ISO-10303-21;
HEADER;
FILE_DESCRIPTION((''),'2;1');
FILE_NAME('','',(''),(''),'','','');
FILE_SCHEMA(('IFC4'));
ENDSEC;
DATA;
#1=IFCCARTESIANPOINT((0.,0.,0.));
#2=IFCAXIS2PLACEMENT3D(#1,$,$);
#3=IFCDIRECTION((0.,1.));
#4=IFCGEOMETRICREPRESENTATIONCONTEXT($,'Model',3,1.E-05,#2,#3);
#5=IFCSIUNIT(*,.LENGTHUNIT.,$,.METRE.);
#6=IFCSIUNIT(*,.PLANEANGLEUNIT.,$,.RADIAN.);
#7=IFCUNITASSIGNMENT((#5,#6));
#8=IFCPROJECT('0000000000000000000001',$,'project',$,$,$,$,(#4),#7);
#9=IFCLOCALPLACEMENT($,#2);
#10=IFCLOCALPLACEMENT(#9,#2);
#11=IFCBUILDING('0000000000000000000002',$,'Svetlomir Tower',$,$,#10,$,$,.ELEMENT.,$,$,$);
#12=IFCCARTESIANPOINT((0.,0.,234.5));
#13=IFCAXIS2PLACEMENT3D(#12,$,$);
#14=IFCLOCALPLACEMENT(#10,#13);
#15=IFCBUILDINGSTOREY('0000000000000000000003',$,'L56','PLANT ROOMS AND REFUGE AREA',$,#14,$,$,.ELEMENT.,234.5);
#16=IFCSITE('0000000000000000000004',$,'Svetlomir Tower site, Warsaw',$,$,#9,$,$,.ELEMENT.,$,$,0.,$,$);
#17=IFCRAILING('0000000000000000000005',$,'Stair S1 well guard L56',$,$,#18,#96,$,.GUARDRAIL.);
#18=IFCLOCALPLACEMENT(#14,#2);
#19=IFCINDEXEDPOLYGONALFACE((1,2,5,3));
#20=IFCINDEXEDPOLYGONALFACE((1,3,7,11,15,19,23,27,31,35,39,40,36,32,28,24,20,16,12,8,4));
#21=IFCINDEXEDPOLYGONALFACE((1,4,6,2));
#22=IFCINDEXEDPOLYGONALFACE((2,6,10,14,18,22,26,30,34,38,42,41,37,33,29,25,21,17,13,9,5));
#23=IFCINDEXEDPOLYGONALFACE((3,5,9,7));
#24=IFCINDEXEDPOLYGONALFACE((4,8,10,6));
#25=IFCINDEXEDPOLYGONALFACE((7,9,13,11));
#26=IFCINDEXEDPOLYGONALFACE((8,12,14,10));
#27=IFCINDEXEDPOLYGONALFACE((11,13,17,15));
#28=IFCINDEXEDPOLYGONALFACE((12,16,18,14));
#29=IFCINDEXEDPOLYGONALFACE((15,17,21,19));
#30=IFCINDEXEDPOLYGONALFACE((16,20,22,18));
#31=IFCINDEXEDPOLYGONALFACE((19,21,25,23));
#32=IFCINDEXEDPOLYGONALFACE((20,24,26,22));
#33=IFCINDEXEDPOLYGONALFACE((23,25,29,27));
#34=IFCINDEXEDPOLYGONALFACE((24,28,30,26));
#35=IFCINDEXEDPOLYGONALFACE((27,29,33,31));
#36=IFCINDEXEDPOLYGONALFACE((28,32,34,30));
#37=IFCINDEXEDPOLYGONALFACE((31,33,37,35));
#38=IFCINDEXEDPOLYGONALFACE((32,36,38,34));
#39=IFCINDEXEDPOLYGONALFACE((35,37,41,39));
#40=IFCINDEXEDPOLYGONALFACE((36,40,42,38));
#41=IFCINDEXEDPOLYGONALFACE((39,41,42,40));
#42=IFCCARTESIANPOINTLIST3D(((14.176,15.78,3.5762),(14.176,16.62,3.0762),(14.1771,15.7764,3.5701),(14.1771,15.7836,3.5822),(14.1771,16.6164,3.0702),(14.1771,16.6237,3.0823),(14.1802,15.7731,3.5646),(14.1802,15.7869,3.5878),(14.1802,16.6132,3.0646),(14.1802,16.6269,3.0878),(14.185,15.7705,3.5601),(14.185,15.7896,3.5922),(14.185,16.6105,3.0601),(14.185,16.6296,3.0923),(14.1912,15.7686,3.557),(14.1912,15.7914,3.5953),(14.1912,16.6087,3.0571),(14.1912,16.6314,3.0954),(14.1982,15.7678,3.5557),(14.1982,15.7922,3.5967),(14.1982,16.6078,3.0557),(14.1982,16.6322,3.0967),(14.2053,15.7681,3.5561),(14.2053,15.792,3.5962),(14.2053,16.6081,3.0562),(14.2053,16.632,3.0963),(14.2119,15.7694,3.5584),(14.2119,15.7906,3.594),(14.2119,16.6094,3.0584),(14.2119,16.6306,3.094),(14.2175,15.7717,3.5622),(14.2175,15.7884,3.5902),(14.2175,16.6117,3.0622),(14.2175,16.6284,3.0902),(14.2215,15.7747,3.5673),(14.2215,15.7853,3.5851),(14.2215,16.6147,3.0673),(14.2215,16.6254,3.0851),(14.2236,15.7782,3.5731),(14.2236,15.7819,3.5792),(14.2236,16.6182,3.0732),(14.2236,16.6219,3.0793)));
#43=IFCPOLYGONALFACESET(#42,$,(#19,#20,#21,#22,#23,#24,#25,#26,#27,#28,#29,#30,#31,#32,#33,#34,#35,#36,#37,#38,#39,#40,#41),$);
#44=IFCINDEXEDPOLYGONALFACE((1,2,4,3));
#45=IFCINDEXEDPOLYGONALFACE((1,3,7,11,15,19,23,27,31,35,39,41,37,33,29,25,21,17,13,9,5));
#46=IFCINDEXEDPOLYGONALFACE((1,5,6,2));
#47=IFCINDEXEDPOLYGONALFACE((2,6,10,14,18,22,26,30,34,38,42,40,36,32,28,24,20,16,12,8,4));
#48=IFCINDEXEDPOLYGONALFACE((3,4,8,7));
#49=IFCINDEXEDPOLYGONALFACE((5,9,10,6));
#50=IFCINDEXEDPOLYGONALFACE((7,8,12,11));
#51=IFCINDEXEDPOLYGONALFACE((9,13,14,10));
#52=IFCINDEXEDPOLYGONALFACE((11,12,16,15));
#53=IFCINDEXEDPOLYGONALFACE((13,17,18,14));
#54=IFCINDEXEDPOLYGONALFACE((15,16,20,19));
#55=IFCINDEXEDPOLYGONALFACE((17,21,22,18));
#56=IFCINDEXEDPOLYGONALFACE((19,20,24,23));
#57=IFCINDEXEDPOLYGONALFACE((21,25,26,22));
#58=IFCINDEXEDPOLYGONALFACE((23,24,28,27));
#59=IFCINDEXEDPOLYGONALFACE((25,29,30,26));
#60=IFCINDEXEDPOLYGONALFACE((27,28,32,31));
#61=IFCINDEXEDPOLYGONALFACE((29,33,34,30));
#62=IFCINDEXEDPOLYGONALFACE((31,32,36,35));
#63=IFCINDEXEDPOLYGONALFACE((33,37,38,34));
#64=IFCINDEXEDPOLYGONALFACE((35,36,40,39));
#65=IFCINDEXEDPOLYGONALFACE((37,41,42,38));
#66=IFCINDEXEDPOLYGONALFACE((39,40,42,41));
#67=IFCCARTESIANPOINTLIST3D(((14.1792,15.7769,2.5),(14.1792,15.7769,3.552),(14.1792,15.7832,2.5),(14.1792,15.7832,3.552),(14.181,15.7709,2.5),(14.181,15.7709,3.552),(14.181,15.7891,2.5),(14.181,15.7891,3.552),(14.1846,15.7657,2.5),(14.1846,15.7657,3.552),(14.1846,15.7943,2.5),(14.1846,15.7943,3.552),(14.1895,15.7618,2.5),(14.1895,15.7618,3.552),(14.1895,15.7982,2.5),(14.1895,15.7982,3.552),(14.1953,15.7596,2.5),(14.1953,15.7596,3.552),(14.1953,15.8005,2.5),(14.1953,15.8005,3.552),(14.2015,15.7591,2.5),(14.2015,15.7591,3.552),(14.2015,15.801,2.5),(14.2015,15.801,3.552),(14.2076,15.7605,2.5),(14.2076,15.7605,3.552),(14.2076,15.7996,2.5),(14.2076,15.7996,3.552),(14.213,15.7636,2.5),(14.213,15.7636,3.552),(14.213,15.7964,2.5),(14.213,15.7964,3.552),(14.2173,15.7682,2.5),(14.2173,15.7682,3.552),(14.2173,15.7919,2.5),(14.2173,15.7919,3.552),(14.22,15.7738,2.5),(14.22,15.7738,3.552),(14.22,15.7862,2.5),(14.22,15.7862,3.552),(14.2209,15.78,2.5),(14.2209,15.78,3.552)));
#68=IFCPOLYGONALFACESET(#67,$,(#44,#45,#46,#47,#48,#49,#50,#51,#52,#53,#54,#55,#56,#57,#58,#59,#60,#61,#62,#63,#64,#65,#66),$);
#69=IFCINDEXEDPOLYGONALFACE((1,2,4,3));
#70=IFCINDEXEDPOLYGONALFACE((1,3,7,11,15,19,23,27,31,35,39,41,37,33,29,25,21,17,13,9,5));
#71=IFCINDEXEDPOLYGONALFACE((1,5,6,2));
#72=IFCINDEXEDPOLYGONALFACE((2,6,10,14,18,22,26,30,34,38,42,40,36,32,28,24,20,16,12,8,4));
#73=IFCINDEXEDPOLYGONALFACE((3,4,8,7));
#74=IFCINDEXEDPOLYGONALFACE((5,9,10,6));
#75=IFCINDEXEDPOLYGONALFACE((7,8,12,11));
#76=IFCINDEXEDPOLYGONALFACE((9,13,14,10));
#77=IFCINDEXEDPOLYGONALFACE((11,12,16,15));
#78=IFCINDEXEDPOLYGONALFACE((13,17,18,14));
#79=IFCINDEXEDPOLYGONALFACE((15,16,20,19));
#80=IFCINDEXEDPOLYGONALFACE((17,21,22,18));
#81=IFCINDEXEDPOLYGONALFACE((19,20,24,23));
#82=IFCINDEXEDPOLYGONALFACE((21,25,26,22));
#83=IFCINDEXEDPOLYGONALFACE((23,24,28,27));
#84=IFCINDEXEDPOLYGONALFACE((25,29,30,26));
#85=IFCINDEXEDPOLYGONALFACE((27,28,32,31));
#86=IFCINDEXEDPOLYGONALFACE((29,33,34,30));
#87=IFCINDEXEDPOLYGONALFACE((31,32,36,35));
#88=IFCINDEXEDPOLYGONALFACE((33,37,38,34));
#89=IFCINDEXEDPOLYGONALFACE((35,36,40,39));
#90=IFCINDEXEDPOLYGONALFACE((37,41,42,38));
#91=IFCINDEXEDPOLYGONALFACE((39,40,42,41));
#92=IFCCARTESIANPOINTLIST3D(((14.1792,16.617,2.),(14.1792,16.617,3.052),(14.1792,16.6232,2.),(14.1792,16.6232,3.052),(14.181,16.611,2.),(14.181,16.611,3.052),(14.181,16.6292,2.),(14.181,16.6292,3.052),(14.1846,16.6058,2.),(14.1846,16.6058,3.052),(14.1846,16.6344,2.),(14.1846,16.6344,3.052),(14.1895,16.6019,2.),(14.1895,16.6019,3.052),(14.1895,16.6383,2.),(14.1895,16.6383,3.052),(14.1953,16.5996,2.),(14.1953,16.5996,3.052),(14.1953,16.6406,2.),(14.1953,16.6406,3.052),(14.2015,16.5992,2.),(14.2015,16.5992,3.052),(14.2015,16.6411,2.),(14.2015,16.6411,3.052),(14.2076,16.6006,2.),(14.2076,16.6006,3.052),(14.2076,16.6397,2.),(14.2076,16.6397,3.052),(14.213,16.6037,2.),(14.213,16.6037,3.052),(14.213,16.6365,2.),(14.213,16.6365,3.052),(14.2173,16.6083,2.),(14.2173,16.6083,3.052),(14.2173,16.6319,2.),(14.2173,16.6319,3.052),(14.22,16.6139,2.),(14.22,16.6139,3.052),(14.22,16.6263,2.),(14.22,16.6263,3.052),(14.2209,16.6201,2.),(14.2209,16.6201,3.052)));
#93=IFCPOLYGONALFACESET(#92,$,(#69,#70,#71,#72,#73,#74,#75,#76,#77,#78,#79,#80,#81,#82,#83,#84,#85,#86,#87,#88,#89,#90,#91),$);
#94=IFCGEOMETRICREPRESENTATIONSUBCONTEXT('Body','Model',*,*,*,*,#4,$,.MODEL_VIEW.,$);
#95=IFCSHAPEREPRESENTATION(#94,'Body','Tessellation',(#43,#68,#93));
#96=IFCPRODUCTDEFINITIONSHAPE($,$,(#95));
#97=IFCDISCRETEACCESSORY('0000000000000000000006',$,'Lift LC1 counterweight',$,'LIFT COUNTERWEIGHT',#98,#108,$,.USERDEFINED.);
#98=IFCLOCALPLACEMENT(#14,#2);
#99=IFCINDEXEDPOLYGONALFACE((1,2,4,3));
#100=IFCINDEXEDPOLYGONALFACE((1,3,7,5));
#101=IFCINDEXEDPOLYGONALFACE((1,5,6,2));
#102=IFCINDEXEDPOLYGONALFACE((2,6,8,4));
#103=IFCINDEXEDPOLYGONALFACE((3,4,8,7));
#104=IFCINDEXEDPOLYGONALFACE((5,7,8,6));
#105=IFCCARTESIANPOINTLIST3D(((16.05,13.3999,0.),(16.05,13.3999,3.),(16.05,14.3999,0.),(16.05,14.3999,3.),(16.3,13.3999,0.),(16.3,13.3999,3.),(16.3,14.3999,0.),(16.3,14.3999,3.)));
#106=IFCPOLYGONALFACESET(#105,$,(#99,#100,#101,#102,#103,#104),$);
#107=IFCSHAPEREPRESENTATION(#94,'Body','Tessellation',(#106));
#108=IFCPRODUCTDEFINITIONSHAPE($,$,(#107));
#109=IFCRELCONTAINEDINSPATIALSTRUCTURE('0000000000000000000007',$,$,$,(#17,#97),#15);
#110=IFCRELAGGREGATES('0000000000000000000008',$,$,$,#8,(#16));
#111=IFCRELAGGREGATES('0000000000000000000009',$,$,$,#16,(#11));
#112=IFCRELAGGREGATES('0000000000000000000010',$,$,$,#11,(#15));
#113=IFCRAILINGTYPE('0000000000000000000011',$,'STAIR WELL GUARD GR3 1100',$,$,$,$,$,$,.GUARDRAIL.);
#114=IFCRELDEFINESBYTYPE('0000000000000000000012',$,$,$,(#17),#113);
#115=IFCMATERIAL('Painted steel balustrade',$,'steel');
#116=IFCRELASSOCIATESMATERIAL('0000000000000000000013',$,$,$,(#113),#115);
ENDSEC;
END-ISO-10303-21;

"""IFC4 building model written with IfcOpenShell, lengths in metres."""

from ifc_helpers import new_model, si_unit, direction, frame, origin, origin_2d, place, context, subcontext, project, spatial, rectangle, circle, extrude, material, type_object, element, save


model = new_model("IFC4")

# Units and contexts
model_context = context("Model", 3, precision=1e-05, world=origin(), true_north=direction((0.0, 1.0)))
body_context = subcontext(model_context, "Body", "Model", "MODEL_VIEW")
ifc_project = project(units=[si_unit("LENGTHUNIT", "METRE"), si_unit("PLANEANGLEUNIT", "RADIAN")], contexts=[model_context])

# Site, building, storey
site_placement = place(None, origin())
site = spatial("IfcSite", under=ifc_project, at=site_placement, Name="Svetlomir Tower site, Warsaw", CompositionType="ELEMENT", RefElevation=0.0)
building_placement = place(site_placement, origin())
building = spatial("IfcBuilding", under=site, at=building_placement, Name="Svetlomir Tower", CompositionType="ELEMENT")
storey_placement = place(building_placement, frame((0.0, 0.0, 234.5)))
storey = spatial("IfcBuildingStorey", under=building, at=storey_placement, Name="L56", Description="PLANT ROOMS AND REFUGE AREA", CompositionType="ELEMENT", Elevation=234.5)

# Railing
ifc_material_1 = material(Name="Painted steel balustrade", Category="steel")
railing_type_1 = type_object("IfcRailingType", Name="STAIR WELL GUARD GR3 1100", PredefinedType="GUARDRAIL", material=ifc_material_1)
railing_1_placement = place(storey_placement, frame((14.2, 15.78, 2.5)))
element("IfcRailing", 1, at=railing_1_placement, inside=storey, type_object=railing_type_1, Name="Stair S1 well guard L56", PredefinedType="GUARDRAIL", context=body_context, shape_type="SweptSolid", body=[
    extrude(circle(Radius=0.0239, at=origin_2d()), frame((0.0, 0.0, 1.0762), z_axis=(0.0, 0.859316, -0.511444), x_axis=(-1.0, 0.0, 0.0)), (0.0, 0.0, 1.0), 0.9775),
    extrude(circle(Radius=0.021, at=origin_2d()), origin(), (0.0, 0.0, 1.0), 1.052),
    extrude(circle(Radius=0.021, at=origin_2d()), frame((0.0, 0.8401, -0.5)), (0.0, 0.0, 1.0), 1.052),
])

# Discrete accessory
discrete_accessory_placement = place(storey_placement, frame((16.175, 13.8999, 0.0), z_axis=(0.0, 0.0, 1.0), x_axis=(1.0, 0.0, 0.0)))
element("IfcDiscreteAccessory", 2, at=discrete_accessory_placement, inside=storey, Name="Lift LC1 counterweight", ObjectType="LIFT COUNTERWEIGHT", PredefinedType="USERDEFINED", context=body_context, shape_type="SweptSolid", body=[
    extrude(rectangle(XDim=0.25, YDim=1.0, at=origin_2d()), origin(), (0.0, 0.0, 1.0), 3.0),
])

save(model, "model.ifc")
